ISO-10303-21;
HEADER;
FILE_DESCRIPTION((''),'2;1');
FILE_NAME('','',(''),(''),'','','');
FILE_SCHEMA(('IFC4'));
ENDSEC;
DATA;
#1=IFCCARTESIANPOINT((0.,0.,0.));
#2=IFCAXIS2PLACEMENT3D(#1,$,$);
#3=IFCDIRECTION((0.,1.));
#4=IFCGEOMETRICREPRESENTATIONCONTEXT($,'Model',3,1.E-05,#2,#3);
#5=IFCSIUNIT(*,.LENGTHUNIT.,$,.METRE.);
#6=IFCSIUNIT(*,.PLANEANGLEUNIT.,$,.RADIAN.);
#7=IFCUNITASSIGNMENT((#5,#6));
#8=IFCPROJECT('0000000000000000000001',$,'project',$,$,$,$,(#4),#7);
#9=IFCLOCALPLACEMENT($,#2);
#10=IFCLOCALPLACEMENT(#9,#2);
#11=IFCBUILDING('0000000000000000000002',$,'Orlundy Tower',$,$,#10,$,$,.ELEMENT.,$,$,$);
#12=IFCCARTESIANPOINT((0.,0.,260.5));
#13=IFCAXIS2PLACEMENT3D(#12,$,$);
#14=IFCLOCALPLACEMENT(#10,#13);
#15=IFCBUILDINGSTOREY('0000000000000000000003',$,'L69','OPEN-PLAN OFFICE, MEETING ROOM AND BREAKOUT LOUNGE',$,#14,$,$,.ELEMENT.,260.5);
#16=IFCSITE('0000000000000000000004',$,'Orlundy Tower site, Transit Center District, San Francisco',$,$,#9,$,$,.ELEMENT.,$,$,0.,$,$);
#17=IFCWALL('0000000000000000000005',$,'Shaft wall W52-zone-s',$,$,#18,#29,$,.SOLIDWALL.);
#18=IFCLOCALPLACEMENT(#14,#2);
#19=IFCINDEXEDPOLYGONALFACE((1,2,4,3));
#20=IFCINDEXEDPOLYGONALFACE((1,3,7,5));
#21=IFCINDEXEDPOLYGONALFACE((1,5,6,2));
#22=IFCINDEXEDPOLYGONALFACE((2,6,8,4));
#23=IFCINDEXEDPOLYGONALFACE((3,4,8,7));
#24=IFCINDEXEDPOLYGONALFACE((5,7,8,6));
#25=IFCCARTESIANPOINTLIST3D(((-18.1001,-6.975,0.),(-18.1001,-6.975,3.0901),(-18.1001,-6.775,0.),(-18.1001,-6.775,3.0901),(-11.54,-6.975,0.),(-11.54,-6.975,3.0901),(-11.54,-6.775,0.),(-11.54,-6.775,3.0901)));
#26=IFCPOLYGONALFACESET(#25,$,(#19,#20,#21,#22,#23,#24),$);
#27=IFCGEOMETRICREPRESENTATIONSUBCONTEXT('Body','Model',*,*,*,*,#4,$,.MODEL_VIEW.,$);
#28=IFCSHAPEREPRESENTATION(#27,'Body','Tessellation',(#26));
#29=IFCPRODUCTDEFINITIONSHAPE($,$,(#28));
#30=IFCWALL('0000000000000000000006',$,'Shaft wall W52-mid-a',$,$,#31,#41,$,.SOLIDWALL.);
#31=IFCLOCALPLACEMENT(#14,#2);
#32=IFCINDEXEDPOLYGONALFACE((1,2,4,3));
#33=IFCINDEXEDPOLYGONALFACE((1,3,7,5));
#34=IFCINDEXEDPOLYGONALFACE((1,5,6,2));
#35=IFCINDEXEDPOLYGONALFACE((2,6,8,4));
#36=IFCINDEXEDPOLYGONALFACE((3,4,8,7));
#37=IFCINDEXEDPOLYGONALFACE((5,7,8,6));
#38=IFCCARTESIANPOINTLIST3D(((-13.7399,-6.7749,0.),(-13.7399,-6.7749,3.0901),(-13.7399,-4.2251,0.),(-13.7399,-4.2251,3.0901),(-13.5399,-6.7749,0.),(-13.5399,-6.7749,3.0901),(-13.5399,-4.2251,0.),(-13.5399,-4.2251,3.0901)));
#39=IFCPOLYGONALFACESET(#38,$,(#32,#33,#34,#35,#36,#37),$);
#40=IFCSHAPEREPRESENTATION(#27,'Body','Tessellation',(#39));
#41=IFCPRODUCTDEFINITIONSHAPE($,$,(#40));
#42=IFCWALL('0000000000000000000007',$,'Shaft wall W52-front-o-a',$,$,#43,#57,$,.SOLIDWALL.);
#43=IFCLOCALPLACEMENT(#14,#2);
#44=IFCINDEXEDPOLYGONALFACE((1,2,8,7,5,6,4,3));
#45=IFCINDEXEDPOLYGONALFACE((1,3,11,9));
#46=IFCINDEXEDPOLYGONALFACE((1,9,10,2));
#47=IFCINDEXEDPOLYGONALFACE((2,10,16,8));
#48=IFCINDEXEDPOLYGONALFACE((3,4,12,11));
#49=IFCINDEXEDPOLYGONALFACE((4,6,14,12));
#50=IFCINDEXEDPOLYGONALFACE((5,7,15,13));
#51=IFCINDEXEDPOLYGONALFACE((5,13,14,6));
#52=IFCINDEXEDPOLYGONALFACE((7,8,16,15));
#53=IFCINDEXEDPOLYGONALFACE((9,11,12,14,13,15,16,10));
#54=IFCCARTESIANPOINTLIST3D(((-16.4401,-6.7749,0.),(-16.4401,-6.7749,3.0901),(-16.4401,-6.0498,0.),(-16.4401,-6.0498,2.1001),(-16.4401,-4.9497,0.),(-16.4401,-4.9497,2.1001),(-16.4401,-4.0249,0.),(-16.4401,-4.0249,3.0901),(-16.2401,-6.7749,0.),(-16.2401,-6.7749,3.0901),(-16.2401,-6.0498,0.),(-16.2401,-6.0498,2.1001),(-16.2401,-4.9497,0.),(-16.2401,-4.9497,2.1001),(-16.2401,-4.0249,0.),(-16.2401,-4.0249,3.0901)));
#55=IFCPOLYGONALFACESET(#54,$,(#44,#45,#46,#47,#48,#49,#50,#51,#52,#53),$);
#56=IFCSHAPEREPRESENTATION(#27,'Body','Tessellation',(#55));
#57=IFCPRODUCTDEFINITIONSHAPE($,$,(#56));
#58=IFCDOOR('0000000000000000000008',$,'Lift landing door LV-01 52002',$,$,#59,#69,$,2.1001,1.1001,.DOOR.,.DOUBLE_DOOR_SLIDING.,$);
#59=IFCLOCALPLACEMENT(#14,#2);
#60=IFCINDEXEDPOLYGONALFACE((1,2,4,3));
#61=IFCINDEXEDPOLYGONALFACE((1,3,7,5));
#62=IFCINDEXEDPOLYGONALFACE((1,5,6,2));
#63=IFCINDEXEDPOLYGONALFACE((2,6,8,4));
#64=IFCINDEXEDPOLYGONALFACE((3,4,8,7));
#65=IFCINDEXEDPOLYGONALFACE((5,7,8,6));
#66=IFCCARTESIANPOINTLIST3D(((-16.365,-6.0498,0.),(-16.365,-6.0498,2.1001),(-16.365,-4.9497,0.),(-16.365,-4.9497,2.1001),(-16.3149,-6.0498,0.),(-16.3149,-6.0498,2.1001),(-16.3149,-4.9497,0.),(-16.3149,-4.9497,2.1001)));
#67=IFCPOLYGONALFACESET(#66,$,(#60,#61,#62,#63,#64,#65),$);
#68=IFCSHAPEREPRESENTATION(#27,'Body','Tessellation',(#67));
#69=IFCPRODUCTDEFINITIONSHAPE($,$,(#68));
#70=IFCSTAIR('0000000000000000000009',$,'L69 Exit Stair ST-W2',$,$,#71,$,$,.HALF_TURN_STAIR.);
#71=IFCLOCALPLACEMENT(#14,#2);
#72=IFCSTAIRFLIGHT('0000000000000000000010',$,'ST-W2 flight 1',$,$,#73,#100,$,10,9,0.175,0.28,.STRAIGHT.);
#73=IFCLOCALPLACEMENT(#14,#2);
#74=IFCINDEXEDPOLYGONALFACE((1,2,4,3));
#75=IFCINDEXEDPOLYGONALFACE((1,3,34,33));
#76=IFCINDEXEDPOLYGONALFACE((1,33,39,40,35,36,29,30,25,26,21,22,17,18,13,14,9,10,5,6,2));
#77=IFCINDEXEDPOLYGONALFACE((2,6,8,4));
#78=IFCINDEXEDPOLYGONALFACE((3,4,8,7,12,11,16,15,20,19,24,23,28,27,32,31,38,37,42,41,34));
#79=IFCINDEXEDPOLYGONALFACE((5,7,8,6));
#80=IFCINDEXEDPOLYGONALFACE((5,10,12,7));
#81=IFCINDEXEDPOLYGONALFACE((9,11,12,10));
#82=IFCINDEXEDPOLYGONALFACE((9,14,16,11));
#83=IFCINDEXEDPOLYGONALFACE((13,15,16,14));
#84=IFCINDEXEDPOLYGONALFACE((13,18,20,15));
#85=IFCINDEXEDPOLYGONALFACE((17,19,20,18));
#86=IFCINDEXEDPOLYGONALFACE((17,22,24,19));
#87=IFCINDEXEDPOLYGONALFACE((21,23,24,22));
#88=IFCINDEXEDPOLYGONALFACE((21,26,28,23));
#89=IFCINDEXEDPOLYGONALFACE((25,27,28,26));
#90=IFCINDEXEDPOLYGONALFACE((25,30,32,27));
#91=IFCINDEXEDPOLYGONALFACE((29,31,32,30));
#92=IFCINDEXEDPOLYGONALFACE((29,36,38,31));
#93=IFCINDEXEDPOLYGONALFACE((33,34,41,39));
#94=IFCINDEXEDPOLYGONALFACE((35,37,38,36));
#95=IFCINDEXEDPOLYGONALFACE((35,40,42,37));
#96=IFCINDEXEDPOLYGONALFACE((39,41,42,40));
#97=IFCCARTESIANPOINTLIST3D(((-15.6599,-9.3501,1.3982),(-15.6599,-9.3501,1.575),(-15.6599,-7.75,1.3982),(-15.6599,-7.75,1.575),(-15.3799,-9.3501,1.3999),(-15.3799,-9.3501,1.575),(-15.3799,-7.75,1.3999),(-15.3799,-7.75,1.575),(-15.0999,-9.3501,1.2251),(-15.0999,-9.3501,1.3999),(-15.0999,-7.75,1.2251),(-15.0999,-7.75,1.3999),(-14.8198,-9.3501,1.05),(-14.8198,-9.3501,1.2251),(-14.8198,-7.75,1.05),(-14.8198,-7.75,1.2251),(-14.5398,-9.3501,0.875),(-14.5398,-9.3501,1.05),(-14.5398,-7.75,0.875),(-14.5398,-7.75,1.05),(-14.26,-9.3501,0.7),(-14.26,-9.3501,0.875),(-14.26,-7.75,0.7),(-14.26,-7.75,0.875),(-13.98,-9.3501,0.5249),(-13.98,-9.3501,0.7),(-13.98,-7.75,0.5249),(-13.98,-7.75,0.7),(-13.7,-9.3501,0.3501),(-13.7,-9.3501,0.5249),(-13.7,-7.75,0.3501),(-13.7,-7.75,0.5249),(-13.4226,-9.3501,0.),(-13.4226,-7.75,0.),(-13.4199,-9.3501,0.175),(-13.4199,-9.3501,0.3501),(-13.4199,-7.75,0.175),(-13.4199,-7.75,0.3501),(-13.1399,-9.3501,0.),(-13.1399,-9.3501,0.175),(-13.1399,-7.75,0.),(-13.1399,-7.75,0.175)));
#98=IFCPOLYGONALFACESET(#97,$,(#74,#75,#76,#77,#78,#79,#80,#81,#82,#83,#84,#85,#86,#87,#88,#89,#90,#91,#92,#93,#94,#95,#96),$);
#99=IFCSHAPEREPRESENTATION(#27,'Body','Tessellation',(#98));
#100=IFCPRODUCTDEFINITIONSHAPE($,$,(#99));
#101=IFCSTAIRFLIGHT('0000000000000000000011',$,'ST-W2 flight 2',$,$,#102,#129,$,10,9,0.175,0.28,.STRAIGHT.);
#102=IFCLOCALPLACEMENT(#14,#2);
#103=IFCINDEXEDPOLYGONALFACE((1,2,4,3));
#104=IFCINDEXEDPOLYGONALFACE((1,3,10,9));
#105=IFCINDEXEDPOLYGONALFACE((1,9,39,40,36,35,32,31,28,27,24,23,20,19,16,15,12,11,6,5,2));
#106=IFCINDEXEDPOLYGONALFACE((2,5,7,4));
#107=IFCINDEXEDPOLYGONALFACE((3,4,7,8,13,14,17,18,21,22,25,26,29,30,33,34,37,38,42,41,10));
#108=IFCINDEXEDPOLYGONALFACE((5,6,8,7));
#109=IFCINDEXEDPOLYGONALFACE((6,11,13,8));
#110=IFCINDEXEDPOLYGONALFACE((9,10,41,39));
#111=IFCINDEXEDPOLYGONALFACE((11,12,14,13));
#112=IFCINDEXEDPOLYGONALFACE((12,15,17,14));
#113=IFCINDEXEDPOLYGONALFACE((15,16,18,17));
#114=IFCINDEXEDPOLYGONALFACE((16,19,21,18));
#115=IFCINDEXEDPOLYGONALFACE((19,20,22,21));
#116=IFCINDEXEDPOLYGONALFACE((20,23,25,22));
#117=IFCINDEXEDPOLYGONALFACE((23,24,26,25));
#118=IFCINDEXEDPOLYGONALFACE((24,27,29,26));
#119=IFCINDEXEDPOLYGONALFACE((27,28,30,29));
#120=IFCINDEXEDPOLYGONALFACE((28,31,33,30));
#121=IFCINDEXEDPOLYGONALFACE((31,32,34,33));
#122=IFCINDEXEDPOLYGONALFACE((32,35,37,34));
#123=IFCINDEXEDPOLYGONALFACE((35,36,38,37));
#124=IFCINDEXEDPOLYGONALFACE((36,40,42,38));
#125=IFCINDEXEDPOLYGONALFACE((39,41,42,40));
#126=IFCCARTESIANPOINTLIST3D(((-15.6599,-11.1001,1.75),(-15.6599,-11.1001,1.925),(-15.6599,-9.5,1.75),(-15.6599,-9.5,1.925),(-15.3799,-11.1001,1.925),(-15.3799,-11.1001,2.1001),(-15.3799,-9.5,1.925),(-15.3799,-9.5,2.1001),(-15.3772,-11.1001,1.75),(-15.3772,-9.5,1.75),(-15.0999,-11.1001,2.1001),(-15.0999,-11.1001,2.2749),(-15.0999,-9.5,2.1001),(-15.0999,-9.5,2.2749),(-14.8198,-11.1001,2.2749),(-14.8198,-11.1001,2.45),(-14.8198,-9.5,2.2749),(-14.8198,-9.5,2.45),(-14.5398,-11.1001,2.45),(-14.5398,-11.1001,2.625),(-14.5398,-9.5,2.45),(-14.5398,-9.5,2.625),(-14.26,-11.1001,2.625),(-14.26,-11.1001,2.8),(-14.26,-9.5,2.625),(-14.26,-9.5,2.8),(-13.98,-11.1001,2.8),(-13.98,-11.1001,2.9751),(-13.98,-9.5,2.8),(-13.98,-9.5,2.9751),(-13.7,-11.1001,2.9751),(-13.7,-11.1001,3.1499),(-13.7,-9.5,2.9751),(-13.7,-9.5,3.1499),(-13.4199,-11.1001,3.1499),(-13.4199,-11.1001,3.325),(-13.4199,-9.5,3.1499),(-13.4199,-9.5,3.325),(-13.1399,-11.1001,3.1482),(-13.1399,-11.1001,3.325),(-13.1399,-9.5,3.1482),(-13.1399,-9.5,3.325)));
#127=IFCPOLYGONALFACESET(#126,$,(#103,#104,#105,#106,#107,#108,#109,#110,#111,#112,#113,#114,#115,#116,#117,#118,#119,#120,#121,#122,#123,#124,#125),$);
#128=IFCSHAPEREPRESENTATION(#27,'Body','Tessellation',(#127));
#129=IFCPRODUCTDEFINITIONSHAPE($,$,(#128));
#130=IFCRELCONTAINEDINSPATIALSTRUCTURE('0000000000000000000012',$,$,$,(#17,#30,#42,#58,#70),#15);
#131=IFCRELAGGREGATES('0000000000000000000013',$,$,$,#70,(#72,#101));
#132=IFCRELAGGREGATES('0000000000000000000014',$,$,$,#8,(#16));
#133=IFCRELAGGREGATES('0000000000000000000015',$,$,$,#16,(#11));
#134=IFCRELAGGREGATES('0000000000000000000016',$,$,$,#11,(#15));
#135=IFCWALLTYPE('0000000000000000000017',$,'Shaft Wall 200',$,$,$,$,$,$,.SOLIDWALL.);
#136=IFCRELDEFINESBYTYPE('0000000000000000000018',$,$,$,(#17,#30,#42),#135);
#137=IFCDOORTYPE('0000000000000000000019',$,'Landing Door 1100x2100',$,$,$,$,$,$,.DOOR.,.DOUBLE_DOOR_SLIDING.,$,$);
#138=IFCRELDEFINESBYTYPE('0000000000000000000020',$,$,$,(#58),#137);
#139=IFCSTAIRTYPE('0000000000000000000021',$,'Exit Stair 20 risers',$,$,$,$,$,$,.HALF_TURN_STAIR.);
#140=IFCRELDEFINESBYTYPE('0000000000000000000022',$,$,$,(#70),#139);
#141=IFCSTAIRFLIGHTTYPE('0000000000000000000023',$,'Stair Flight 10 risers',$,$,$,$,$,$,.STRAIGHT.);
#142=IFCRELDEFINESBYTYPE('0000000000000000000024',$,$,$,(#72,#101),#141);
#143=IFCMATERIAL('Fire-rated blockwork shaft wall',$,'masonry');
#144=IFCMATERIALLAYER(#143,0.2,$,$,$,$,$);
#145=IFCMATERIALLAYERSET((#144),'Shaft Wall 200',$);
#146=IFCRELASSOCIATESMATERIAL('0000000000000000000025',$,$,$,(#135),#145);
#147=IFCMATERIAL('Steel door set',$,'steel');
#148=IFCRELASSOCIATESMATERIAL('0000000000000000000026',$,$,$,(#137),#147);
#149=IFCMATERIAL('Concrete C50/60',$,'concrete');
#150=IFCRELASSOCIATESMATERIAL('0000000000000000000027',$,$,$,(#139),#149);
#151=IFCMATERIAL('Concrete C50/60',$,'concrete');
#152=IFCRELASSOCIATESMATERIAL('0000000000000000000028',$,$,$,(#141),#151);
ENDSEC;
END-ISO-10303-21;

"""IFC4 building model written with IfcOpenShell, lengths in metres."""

from ifc_helpers import new_model, si_unit, direction, frame, frame_2d, origin, place, context, subcontext, project, spatial, polyline, rectangle, outline, extrude, material, layer, layer_set, type_object, element, fill, aggregate, save


model = new_model("IFC4")

# Units and contexts
model_context = context("Model", 3, precision=1e-05, world=origin(), true_north=direction((0.0, 1.0)))
body_context = subcontext(model_context, "Body", "Model", "MODEL_VIEW")
ifc_project = project(units=[si_unit("LENGTHUNIT", "METRE"), si_unit("PLANEANGLEUNIT", "RADIAN")], contexts=[model_context])

# Site, building, storey
site_placement = place(None, origin())
site = spatial("IfcSite", under=ifc_project, at=site_placement, Name="Orlundy Tower site, Transit Center District, San Francisco", CompositionType="ELEMENT", RefElevation=0.0)
building_placement = place(site_placement, origin())
building = spatial("IfcBuilding", under=site, at=building_placement, Name="Orlundy Tower", CompositionType="ELEMENT")
storey_placement = place(building_placement, frame((0.0, 0.0, 260.5)))
storey = spatial("IfcBuildingStorey", under=building, at=storey_placement, Name="L69", Description="OPEN-PLAN OFFICE, MEETING ROOM AND BREAKOUT LOUNGE", CompositionType="ELEMENT", Elevation=260.5)

# Walls
ifc_material_1 = material(Name="Fire-rated blockwork shaft wall", Category="masonry")
ifc_layer_1 = layer(ifc_material_1, 0.2)
ifc_layer_set_1 = layer_set([ifc_layer_1], Name="Shaft Wall 200")
wall_type_1 = type_object("IfcWallType", Name="Shaft Wall 200", PredefinedType="SOLIDWALL", material=ifc_layer_set_1)
wall_1_placement = place(storey_placement, frame((-11.54, -6.875, 0.0), z_axis=(0.0, 0.0, 1.0), x_axis=(-1.0, 0.0, 0.0)))
element("IfcWall", 1, at=wall_1_placement, inside=storey, type_object=wall_type_1, Name="Shaft wall W52-zone-s", PredefinedType="SOLIDWALL", context=body_context, shape_type="SweptSolid", body=[
    extrude(rectangle(XDim=6.5601, YDim=0.2, at=frame_2d((3.28, 0.0))), origin(), (0.0, 0.0, 1.0), 3.0901),
])
wall_2_placement = place(storey_placement, frame((-13.6399, -6.7749, 0.0), z_axis=(0.0, 0.0, 1.0), x_axis=(0.0, 1.0, 0.0)))
element("IfcWall", 2, at=wall_2_placement, inside=storey, type_object=wall_type_1, Name="Shaft wall W52-mid-a", PredefinedType="SOLIDWALL", context=body_context, shape_type="SweptSolid", body=[
    extrude(rectangle(XDim=2.5498, YDim=0.2, at=frame_2d((1.2749, 0.0))), origin(), (0.0, 0.0, 1.0), 3.0901),
])

# Wall, opening, door
wall_3_placement = place(storey_placement, frame((-16.3401, -6.7749, 0.0), z_axis=(0.0, 0.0, 1.0), x_axis=(0.0, 1.0, 0.0)))
wall_3 = element("IfcWall", 3, at=wall_3_placement, inside=storey, type_object=wall_type_1, Name="Shaft wall W52-front-o-a", PredefinedType="SOLIDWALL", context=body_context, shape_type="SweptSolid", body=[
    extrude(rectangle(XDim=2.75, YDim=0.2, at=frame_2d((1.375, 0.0))), origin(), (0.0, 0.0, 1.0), 3.0901),
])
opening_1_placement = place(wall_3_placement, frame((0.7251, 0.0, 0.0)))
opening_1 = element("IfcOpeningElement", 4, at=opening_1_placement, cuts=wall_3, PredefinedType="OPENING", context=body_context, shape_type="SweptSolid", body=[
    extrude(rectangle(XDim=1.1001, YDim=2.1001, at=frame_2d((0.55, 1.05))), frame((0.0, 0.1101, 0.0), z_axis=(0.0, -1.0, 0.0), x_axis=(1.0, 0.0, 0.0)), (0.0, 0.0, 1.0), 0.2202),
])
ifc_material_2 = material(Name="Steel door set", Category="steel")
door_type_1 = type_object("IfcDoorType", Name="Landing Door 1100x2100", OperationType="DOUBLE_DOOR_SLIDING", PredefinedType="DOOR", material=ifc_material_2)
door_1_placement = place(opening_1_placement, origin())
door_1 = element("IfcDoor", 5, at=door_1_placement, inside=storey, type_object=door_type_1, Name="Lift landing door LV-01 52002", OperationType="DOUBLE_DOOR_SLIDING", OverallHeight=2.1001, OverallWidth=1.1001, PredefinedType="DOOR", context=body_context, shape_type="SweptSolid", body=[
    extrude(rectangle(XDim=1.1001, YDim=2.1001, at=frame_2d((0.55, 1.05))), frame((0.0, 0.0249, 0.0), z_axis=(0.0, -1.0, 0.0), x_axis=(1.0, 0.0, 0.0)), (0.0, 0.0, 1.0), 0.05),
])
fill(opening_1, door_1)

# Stair, stair flights
ifc_material_3 = material(Name="Concrete C50/60", Category="concrete")
stair_type = type_object("IfcStairType", Name="Exit Stair 20 risers", PredefinedType="HALF_TURN_STAIR", material=ifc_material_3)
stair_placement = place(storey_placement, origin())
stair = element("IfcStair", 6, at=stair_placement, inside=storey, type_object=stair_type, Name="L69 Exit Stair ST-W2", PredefinedType="HALF_TURN_STAIR")
ifc_material_4 = material(Name="Concrete C50/60", Category="concrete")
stair_flight_type = type_object("IfcStairFlightType", Name="Stair Flight 10 risers", PredefinedType="STRAIGHT", material=ifc_material_4)
stair_flight_1_placement = place(storey_placement, frame((-13.1399, -8.55, 0.0), z_axis=(0.0, 0.0, 1.0), x_axis=(-1.0, 0.0, 0.0)))
stair_flight_1 = element("IfcStairFlight", 7, at=stair_flight_1_placement, type_object=stair_flight_type, Name="ST-W2 flight 1", NumberOfRisers=10, NumberOfTreads=9, PredefinedType="STRAIGHT", RiserHeight=0.175, TreadLength=0.28, context=body_context, shape_type="SweptSolid", body=[
    extrude(outline(polyline([(0.0, 0.0), (0.0, 0.175), (0.28, 0.175), (0.28, 0.3501), (0.5601, 0.3501), (0.5601, 0.5249), (0.8401, 0.5249), (0.8401, 0.7), (1.1201, 0.7), (1.1201, 0.875), (1.3999, 0.875), (1.3999, 1.05), (1.6799, 1.05), (1.6799, 1.2251), (1.96, 1.2251), (1.96, 1.3999), (2.24, 1.3999), (2.24, 1.575), (2.52, 1.575), (2.52, 1.75), (2.52, 1.3982), (0.2827, 0.0), (0.0, 0.0)])), frame((0.0, 0.8, 0.0), z_axis=(0.0, -1.0, 0.0), x_axis=(1.0, 0.0, 0.0)), (0.0, 0.0, 1.0), 1.6001),
])
stair_flight_2_placement = place(storey_placement, frame((-15.6599, -10.3, 1.75), z_axis=(0.0, 0.0, 1.0), x_axis=(1.0, 0.0, 0.0)))
stair_flight_2 = element("IfcStairFlight", 8, at=stair_flight_2_placement, type_object=stair_flight_type, Name="ST-W2 flight 2", NumberOfRisers=10, NumberOfTreads=9, PredefinedType="STRAIGHT", RiserHeight=0.175, TreadLength=0.28, context=body_context, shape_type="SweptSolid", body=[
    extrude(outline(polyline([(0.0, 0.0), (0.0, 0.175), (0.28, 0.175), (0.28, 0.3501), (0.5601, 0.3501), (0.5601, 0.5249), (0.8401, 0.5249), (0.8401, 0.7), (1.1201, 0.7), (1.1201, 0.875), (1.3999, 0.875), (1.3999, 1.05), (1.6799, 1.05), (1.6799, 1.2251), (1.96, 1.2251), (1.96, 1.3999), (2.24, 1.3999), (2.24, 1.575), (2.52, 1.575), (2.52, 1.75), (2.52, 1.3982), (0.2827, 0.0), (0.0, 0.0)])), frame((0.0, 0.8, 0.0), z_axis=(0.0, -1.0, 0.0), x_axis=(1.0, 0.0, 0.0)), (0.0, 0.0, 1.0), 1.6001),
])
aggregate(stair, [stair_flight_1, stair_flight_2])

save(model, "model.ifc")
